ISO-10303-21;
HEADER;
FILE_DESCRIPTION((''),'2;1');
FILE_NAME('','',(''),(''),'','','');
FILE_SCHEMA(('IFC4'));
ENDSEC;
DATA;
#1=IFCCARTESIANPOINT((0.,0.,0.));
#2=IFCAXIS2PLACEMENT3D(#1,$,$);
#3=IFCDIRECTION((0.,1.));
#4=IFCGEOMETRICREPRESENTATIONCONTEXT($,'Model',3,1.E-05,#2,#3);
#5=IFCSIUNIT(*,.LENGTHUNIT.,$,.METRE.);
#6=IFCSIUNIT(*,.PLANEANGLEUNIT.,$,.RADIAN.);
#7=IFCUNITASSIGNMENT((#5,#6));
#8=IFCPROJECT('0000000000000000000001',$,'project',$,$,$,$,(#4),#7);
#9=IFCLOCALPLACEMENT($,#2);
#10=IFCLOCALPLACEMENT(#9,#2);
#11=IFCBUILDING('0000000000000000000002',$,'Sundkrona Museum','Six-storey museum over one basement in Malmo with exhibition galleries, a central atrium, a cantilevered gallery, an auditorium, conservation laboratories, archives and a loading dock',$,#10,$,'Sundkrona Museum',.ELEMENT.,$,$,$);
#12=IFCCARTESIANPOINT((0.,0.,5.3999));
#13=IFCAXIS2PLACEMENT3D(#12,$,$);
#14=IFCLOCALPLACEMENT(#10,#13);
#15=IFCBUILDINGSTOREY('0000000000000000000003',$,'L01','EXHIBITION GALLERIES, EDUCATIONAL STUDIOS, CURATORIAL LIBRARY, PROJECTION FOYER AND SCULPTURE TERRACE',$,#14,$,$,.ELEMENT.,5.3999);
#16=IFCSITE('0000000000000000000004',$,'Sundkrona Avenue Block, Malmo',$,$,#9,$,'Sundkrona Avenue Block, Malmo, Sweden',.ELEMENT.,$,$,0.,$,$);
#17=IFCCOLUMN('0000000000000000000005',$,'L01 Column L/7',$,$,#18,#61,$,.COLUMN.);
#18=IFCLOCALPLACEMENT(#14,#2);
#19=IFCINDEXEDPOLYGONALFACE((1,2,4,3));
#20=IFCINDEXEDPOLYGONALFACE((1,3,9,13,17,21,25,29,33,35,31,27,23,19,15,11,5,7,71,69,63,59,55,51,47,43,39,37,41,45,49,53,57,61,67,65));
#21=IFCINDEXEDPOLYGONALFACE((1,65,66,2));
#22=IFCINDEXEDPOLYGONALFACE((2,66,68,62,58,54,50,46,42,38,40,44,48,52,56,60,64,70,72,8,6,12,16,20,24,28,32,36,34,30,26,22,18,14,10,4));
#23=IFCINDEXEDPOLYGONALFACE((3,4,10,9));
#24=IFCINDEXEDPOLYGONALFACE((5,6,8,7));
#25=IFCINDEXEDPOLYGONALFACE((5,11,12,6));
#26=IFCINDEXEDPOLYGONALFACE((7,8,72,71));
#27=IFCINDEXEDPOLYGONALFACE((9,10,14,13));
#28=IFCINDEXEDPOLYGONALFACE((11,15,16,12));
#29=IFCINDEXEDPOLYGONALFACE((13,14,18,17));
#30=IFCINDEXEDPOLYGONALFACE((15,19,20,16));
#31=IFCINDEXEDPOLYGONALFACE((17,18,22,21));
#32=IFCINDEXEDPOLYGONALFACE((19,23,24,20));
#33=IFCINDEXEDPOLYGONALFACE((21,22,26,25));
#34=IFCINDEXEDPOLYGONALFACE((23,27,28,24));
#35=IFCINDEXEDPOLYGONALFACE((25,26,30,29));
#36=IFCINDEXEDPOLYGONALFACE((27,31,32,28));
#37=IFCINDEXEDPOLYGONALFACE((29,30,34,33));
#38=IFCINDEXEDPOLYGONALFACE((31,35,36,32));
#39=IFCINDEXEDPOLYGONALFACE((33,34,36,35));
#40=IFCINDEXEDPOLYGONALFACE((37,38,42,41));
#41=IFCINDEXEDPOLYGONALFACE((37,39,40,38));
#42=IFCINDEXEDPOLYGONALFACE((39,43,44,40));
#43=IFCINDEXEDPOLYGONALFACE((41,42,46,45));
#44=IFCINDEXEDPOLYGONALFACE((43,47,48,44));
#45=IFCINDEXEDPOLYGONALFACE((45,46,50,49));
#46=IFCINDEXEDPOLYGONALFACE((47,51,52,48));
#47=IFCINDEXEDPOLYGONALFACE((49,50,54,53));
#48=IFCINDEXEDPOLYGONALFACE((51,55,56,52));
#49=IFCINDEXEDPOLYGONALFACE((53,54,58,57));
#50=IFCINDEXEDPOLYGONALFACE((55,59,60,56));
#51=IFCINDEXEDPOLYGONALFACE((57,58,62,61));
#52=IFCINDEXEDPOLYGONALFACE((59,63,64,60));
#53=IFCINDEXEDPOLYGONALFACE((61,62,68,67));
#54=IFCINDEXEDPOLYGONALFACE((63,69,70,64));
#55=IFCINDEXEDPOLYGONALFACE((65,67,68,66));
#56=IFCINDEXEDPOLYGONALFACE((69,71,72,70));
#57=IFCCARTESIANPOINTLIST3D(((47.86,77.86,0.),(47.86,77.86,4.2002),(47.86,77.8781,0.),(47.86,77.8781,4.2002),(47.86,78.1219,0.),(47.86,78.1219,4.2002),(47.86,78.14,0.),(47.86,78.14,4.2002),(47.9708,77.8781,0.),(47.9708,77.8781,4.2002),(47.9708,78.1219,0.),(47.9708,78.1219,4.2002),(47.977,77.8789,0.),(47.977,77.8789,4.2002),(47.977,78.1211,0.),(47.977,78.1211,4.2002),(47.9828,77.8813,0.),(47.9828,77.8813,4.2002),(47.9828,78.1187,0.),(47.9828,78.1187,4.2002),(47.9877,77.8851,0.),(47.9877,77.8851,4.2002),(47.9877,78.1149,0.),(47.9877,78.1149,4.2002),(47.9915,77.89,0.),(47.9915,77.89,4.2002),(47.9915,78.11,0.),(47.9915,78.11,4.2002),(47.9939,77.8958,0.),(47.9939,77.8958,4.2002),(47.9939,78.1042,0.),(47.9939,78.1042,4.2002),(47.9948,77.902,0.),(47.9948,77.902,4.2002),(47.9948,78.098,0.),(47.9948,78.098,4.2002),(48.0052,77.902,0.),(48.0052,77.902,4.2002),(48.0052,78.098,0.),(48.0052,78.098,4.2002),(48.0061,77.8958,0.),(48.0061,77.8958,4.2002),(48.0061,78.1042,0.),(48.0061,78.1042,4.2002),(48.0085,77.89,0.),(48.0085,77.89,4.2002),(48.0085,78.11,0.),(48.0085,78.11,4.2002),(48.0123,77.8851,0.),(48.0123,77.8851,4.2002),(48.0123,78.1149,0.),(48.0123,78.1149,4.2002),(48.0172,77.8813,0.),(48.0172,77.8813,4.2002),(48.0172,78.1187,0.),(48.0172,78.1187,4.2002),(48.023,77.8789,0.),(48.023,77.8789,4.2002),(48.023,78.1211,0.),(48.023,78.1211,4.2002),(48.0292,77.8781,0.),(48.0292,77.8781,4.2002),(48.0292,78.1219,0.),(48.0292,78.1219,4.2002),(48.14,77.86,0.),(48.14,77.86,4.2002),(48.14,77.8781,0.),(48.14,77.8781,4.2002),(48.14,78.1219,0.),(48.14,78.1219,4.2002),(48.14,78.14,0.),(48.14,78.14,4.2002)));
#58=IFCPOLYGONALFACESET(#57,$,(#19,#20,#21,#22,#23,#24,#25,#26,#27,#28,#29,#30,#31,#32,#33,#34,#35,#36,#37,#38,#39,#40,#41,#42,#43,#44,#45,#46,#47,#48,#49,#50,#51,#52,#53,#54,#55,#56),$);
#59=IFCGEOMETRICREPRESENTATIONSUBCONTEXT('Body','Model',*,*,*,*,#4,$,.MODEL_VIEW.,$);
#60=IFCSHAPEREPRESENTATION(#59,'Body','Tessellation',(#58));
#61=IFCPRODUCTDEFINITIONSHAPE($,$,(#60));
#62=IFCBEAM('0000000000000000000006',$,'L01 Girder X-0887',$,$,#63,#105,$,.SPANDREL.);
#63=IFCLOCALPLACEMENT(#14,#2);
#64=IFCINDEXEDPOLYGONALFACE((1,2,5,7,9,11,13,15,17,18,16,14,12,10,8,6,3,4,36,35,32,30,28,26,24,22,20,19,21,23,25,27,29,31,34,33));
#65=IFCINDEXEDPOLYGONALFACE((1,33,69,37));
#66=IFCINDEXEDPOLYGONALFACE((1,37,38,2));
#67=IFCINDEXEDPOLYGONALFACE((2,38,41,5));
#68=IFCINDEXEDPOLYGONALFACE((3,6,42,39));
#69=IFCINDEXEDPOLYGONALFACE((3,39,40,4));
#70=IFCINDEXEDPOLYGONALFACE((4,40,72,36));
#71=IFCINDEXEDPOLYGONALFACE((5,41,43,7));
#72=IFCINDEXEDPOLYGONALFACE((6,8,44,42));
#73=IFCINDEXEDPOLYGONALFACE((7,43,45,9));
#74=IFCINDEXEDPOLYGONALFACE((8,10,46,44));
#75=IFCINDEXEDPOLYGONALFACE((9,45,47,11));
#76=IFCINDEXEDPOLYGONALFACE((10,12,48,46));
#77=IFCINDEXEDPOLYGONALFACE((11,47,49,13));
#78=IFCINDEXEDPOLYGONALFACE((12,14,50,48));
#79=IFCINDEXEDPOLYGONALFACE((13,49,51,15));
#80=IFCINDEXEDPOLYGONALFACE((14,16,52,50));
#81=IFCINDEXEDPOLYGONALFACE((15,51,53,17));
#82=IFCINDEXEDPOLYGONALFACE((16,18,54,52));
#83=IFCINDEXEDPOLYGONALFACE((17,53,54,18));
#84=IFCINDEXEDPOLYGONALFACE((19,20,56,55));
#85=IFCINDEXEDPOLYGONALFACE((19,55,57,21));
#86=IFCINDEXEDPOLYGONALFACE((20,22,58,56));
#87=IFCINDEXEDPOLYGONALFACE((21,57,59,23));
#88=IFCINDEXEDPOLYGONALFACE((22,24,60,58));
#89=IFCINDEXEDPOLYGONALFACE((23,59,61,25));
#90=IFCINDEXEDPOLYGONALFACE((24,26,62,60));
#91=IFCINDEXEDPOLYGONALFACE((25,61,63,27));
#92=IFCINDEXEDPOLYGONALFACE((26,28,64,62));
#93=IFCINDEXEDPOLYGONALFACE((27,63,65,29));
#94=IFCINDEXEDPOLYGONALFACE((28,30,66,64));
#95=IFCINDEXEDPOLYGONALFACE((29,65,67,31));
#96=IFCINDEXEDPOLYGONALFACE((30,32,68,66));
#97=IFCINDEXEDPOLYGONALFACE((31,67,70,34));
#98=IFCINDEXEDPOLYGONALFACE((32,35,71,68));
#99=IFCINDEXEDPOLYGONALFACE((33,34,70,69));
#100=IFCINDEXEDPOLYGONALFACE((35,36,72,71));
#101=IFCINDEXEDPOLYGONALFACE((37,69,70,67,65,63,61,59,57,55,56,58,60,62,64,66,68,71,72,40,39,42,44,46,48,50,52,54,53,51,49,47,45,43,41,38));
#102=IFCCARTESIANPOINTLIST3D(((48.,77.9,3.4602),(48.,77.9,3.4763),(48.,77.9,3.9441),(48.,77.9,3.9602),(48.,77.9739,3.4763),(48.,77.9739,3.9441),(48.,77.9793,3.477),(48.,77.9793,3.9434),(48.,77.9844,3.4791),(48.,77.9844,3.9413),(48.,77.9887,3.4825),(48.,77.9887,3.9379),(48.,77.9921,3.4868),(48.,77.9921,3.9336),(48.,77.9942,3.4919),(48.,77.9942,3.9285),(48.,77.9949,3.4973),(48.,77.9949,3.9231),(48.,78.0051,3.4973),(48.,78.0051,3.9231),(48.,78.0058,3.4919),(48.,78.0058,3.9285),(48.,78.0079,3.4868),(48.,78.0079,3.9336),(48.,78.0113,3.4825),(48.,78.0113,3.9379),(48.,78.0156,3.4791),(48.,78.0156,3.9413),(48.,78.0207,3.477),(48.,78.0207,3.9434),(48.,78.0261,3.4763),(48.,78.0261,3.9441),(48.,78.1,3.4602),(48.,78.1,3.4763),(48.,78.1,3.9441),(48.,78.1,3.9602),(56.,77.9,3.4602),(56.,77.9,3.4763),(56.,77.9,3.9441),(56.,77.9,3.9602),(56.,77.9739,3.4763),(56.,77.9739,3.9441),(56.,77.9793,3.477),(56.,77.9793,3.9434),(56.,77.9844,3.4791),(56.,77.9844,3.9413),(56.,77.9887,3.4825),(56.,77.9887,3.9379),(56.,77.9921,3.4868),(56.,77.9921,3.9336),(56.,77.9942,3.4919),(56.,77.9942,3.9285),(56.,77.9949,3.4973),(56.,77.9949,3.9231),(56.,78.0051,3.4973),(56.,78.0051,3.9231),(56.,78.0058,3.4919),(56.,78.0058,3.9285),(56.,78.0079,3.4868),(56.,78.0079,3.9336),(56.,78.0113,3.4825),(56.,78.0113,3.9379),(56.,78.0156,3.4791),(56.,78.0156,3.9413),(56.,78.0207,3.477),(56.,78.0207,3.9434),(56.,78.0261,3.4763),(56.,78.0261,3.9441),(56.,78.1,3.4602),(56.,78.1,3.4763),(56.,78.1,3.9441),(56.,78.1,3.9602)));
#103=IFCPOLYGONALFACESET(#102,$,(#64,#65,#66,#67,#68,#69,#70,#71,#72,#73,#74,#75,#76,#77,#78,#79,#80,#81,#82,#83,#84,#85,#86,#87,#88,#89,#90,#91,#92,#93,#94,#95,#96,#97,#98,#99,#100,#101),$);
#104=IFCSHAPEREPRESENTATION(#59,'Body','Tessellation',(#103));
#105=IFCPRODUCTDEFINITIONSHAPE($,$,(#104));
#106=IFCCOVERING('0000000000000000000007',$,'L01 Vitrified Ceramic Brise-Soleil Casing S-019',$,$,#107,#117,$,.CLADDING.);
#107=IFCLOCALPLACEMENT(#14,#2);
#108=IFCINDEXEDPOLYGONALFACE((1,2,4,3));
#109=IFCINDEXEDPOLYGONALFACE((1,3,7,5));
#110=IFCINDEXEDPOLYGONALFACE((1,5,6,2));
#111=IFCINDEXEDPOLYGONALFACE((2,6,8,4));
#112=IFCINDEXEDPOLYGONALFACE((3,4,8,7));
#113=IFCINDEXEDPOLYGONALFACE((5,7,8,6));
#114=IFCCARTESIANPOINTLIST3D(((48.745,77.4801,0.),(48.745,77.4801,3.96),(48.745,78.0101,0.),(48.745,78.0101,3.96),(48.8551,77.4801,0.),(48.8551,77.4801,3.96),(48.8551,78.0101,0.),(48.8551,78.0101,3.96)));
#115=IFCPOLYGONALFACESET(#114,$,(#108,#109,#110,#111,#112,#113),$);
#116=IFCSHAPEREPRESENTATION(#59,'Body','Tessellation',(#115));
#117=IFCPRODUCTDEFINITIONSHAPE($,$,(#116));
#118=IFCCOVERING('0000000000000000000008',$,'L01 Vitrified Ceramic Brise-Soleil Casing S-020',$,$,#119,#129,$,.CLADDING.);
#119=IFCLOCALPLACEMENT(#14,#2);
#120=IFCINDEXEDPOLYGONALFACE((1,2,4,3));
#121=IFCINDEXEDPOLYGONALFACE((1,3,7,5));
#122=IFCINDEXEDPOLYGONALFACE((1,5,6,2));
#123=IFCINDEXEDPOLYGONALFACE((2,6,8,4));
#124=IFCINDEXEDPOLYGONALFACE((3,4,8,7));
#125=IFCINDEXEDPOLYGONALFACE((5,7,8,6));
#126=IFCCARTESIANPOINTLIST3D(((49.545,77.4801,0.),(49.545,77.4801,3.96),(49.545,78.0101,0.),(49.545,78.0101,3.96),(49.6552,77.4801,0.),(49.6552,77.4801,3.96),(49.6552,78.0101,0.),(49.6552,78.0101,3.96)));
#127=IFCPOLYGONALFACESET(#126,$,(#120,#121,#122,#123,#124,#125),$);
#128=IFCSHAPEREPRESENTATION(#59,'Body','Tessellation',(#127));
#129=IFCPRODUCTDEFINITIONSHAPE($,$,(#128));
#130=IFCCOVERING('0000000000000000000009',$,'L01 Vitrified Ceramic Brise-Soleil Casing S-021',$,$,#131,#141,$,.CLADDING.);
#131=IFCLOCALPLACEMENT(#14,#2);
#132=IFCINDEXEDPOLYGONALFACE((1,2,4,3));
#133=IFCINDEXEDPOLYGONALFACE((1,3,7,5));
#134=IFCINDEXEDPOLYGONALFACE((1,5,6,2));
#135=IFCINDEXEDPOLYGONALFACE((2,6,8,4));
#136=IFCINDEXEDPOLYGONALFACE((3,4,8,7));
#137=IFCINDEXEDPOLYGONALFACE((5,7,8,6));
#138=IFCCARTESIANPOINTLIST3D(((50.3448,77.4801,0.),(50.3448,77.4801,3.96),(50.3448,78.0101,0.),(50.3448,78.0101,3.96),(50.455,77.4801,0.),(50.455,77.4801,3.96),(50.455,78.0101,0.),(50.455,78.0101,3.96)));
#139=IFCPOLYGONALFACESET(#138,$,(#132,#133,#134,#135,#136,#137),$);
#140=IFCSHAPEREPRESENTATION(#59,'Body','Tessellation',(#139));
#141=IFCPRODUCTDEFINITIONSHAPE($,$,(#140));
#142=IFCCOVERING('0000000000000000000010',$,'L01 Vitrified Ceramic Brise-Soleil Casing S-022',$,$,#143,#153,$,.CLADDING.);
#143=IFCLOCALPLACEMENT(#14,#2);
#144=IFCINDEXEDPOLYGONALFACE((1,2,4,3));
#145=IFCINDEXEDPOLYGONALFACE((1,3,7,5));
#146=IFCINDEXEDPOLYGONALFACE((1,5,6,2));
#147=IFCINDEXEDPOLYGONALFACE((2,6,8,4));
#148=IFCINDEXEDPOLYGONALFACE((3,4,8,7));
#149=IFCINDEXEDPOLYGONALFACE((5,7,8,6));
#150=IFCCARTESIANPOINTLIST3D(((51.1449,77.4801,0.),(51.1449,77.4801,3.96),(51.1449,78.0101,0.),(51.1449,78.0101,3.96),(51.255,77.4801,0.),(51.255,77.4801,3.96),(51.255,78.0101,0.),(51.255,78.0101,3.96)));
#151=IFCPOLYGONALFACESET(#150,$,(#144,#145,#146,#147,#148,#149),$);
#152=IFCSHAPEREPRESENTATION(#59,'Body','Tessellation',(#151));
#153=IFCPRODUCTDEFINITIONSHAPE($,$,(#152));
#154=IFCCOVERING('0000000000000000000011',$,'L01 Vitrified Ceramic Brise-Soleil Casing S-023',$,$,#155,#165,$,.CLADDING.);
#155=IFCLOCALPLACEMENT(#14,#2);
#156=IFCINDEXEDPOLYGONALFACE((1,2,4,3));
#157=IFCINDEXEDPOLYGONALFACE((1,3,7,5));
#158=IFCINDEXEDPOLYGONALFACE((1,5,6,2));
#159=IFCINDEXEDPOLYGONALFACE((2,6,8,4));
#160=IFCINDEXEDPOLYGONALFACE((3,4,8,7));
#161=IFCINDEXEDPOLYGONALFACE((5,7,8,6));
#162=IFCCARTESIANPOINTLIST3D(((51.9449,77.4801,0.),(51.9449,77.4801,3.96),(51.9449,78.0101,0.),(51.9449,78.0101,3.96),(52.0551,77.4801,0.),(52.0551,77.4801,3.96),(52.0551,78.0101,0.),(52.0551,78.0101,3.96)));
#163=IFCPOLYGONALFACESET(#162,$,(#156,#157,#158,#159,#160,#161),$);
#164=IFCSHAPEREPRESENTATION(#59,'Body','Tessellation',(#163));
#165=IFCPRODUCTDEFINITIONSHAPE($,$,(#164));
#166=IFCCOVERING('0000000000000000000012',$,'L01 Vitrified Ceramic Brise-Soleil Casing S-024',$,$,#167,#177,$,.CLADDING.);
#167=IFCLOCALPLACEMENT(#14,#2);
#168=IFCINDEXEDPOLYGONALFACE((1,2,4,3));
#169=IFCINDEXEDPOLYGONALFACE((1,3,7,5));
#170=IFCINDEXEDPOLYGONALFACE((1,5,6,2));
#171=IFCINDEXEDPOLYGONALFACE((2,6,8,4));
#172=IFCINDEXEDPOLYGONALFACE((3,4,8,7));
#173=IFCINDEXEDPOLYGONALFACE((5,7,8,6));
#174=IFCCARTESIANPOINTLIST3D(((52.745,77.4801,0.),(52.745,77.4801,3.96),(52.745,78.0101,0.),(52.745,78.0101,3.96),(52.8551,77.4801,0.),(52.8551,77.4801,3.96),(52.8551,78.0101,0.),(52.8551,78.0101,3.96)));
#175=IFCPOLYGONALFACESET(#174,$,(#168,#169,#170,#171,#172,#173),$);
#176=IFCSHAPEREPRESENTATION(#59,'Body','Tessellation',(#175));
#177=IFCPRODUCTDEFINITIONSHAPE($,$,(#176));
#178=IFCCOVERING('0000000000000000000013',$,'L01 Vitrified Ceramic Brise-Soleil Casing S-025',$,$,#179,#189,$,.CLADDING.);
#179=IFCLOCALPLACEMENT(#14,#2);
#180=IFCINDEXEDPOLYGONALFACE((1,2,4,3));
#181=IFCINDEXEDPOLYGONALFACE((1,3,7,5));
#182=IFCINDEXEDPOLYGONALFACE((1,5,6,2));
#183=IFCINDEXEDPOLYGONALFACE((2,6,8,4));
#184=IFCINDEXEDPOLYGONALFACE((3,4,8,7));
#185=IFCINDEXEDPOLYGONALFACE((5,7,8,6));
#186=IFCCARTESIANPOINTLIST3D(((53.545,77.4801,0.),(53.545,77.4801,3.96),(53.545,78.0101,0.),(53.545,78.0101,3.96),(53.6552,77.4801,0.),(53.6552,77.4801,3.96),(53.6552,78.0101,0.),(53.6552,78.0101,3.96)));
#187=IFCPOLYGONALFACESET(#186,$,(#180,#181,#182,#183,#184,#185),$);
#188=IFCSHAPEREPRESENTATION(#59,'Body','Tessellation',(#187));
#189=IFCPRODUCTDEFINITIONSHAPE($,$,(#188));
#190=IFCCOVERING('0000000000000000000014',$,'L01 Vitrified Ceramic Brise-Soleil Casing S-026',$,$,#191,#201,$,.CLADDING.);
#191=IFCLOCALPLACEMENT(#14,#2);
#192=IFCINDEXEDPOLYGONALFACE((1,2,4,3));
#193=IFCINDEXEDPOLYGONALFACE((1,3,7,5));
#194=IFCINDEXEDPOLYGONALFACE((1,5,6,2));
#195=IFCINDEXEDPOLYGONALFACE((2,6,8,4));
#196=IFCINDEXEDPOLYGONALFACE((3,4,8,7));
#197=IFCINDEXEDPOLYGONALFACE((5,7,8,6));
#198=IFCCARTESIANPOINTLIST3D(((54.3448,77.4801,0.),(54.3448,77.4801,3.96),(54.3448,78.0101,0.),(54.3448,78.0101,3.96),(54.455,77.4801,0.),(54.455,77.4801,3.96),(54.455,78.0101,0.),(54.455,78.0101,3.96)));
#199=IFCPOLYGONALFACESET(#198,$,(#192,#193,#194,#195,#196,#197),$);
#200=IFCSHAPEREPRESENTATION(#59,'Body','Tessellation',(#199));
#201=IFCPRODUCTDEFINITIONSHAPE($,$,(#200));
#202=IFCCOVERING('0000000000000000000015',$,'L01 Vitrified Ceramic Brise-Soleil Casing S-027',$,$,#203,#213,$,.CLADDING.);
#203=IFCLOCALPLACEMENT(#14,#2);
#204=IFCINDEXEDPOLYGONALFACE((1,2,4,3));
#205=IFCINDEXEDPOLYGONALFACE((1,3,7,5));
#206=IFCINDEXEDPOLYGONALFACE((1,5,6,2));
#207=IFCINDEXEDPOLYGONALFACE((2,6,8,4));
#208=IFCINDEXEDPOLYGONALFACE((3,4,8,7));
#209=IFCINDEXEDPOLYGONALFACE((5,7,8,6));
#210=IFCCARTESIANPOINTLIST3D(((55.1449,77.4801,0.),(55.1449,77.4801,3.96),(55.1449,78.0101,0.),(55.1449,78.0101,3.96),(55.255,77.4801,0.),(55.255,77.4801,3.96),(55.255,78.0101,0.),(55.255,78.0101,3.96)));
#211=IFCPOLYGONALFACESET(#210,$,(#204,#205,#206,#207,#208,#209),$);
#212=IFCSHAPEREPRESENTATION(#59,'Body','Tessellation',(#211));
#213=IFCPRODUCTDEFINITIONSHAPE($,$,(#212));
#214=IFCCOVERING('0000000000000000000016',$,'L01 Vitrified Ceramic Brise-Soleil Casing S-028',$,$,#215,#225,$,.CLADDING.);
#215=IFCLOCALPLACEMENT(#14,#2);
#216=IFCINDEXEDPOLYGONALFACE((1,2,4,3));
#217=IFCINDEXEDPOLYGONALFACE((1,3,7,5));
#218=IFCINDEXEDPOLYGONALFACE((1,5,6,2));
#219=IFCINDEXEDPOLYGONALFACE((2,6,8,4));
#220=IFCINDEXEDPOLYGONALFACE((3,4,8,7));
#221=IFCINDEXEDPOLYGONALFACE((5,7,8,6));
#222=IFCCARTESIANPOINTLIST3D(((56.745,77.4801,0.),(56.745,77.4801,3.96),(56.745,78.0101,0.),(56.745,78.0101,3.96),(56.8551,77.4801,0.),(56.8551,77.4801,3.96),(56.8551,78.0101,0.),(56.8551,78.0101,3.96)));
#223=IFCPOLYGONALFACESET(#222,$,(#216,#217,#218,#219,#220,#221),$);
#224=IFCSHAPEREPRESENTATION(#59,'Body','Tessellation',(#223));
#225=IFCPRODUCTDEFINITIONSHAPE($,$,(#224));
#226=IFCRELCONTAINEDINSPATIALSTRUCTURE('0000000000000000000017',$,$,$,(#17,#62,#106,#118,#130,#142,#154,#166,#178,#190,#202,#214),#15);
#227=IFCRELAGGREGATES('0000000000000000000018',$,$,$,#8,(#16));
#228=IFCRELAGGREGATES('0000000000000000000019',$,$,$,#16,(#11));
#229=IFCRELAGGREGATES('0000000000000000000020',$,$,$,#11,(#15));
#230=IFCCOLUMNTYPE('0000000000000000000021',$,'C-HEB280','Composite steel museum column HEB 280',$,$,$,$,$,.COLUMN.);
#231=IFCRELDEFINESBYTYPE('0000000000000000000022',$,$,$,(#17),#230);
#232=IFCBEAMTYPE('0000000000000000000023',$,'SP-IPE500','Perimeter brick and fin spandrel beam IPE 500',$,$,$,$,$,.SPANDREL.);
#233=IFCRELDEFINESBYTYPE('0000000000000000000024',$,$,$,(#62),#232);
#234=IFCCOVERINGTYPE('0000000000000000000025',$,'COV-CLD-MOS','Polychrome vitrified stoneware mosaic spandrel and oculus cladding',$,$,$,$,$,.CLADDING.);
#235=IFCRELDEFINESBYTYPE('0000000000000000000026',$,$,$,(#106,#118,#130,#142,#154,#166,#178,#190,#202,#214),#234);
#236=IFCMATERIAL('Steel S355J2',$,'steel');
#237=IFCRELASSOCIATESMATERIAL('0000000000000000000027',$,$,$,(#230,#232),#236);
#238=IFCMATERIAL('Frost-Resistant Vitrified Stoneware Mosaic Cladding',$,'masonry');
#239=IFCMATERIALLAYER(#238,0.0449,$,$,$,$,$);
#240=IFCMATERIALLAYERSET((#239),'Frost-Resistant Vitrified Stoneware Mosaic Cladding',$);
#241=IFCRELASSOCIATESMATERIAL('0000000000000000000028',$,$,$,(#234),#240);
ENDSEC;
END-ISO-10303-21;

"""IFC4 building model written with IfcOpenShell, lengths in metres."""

from ifc_helpers import new_model, si_unit, direction, frame, origin, origin_2d, place, context, subcontext, project, spatial, rectangle, i_section, extrude, material, layer, layer_set, material_profile, profile_set, type_object, element, save


model = new_model("IFC4")

# Units and contexts
model_context = context("Model", 3, precision=1e-05, world=origin(), true_north=direction((0.0, 1.0)))
body_context = subcontext(model_context, "Body", "Model", "MODEL_VIEW")
ifc_project = project(units=[si_unit("LENGTHUNIT", "METRE"), si_unit("PLANEANGLEUNIT", "RADIAN")], contexts=[model_context])

# Site, building, storey
site_placement = place(None, origin())
site = spatial("IfcSite", under=ifc_project, at=site_placement, Name="Sundkrona Avenue Block, Malmo", LongName="Sundkrona Avenue Block, Malmo, Sweden", CompositionType="ELEMENT", RefElevation=0.0)
building_placement = place(site_placement, origin())
building = spatial("IfcBuilding", under=site, at=building_placement, Name="Sundkrona Museum", Description="Six-storey museum over one basement in Malmo with exhibition galleries, a central atrium, a cantilevered gallery, an auditorium, conservation laboratories, archives and a loading dock", LongName="Sundkrona Museum", CompositionType="ELEMENT")
storey_placement = place(building_placement, frame((0.0, 0.0, 5.3999)))
storey = spatial("IfcBuildingStorey", under=building, at=storey_placement, Name="L01", Description="EXHIBITION GALLERIES, EDUCATIONAL STUDIOS, CURATORIAL LIBRARY, PROJECTION FOYER AND SCULPTURE TERRACE", CompositionType="ELEMENT", Elevation=5.3999)

# Column
ifc_material_1 = material(Name="Steel S355J2", Category="steel")
ifc_material_profile_1 = material_profile(ifc_material_1, i_section(OverallWidth=0.28, OverallDepth=0.28, WebThickness=0.0105, FlangeThickness=0.0181, FilletRadius=0.0239, at=origin_2d()), Name="HEB 280")
ifc_profile_set_1 = profile_set([ifc_material_profile_1], Name="Steel S355J2")
column_type = type_object("IfcColumnType", Name="C-HEB280", Description="Composite steel museum column HEB 280", PredefinedType="COLUMN", material=ifc_profile_set_1)
column_placement = place(storey_placement, frame((48.0, 78.0, 0.0), z_axis=(0.0, 0.0, 1.0), x_axis=(1.0, 0.0, 0.0)))
element("IfcColumn", 1, at=column_placement, inside=storey, type_object=column_type, Name="L01 Column L/7", PredefinedType="COLUMN", context=body_context, shape_type="SweptSolid", body=[
    extrude(i_section(OverallWidth=0.28, OverallDepth=0.28, WebThickness=0.0105, FlangeThickness=0.0181, FilletRadius=0.0239, at=origin_2d()), origin(), (0.0, 0.0, 1.0), 4.2002),
])

# Beam
ifc_material_profile_2 = material_profile(ifc_material_1, i_section(OverallWidth=0.2, OverallDepth=0.5, WebThickness=0.0103, FlangeThickness=0.0161, FilletRadius=0.021, at=origin_2d()), Name="IPE 500")
ifc_profile_set_2 = profile_set([ifc_material_profile_2], Name="Steel S355J2")
beam_type = type_object("IfcBeamType", Name="SP-IPE500", Description="Perimeter brick and fin spandrel beam IPE 500", PredefinedType="SPANDREL", material=ifc_profile_set_2)
beam_placement = place(storey_placement, frame((48.0, 78.0, 3.7102), z_axis=(1.0, 0.0, 0.0), x_axis=(0.0, 1.0, 0.0)))
element("IfcBeam", 2, at=beam_placement, inside=storey, type_object=beam_type, Name="L01 Girder X-0887", PredefinedType="SPANDREL", context=body_context, shape_type="SweptSolid", body=[
    extrude(i_section(OverallWidth=0.2, OverallDepth=0.5, WebThickness=0.0103, FlangeThickness=0.0161, FilletRadius=0.021, at=origin_2d()), origin(), (0.0, 0.0, 1.0), 8.0),
])

# Coverings
ifc_material_2 = material(Name="Frost-Resistant Vitrified Stoneware Mosaic Cladding", Category="masonry")
ifc_layer = layer(ifc_material_2, 0.0449)
ifc_layer_set = layer_set([ifc_layer], Name="Frost-Resistant Vitrified Stoneware Mosaic Cladding")
covering_type = type_object("IfcCoveringType", Name="COV-CLD-MOS", Description="Polychrome vitrified stoneware mosaic spandrel and oculus cladding", PredefinedType="CLADDING", material=ifc_layer_set)
for number, where, z_axis, x_axis, name in (
    (3, (48.8, 77.7451, 0.0), (0.0, 0.0, 1.0), (1.0, 0.0, 0.0), "L01 Vitrified Ceramic Brise-Soleil Casing S-019"),
    (4, (49.6001, 77.7451, 0.0), (0.0, 0.0, 1.0), (1.0, 0.0, 0.0), "L01 Vitrified Ceramic Brise-Soleil Casing S-020"),
    (5, (50.3999, 77.7451, 0.0), (0.0, 0.0, 1.0), (1.0, 0.0, 0.0), "L01 Vitrified Ceramic Brise-Soleil Casing S-021"),
    (6, (51.2, 77.7451, 0.0), (0.0, 0.0, 1.0), (1.0, 0.0, 0.0), "L01 Vitrified Ceramic Brise-Soleil Casing S-022"),
    (7, (52.0, 77.7451, 0.0), (0.0, 0.0, 1.0), (1.0, 0.0, 0.0), "L01 Vitrified Ceramic Brise-Soleil Casing S-023"),
    (8, (52.8, 77.7451, 0.0), (0.0, 0.0, 1.0), (1.0, 0.0, 0.0), "L01 Vitrified Ceramic Brise-Soleil Casing S-024"),
    (9, (53.6001, 77.7451, 0.0), (0.0, 0.0, 1.0), (1.0, 0.0, 0.0), "L01 Vitrified Ceramic Brise-Soleil Casing S-025"),
    (10, (54.3999, 77.7451, 0.0), (0.0, 0.0, 1.0), (1.0, 0.0, 0.0), "L01 Vitrified Ceramic Brise-Soleil Casing S-026"),
    (11, (55.2, 77.7451, 0.0), (0.0, 0.0, 1.0), (1.0, 0.0, 0.0), "L01 Vitrified Ceramic Brise-Soleil Casing S-027"),
    (12, (56.8, 77.7451, 0.0), (0.0, 0.0, 1.0), (1.0, 0.0, 0.0), "L01 Vitrified Ceramic Brise-Soleil Casing S-028"),
):
    element("IfcCovering", number, at=place(storey_placement, frame(where, z_axis=z_axis, x_axis=x_axis)), inside=storey, type_object=covering_type, Name=name, PredefinedType="CLADDING", context=body_context, shape_type="SweptSolid", body=[
        extrude(rectangle(XDim=0.1101, YDim=0.53, at=origin_2d()), origin(), (0.0, 0.0, 1.0), 3.96),
    ])

save(model, "model.ifc")
